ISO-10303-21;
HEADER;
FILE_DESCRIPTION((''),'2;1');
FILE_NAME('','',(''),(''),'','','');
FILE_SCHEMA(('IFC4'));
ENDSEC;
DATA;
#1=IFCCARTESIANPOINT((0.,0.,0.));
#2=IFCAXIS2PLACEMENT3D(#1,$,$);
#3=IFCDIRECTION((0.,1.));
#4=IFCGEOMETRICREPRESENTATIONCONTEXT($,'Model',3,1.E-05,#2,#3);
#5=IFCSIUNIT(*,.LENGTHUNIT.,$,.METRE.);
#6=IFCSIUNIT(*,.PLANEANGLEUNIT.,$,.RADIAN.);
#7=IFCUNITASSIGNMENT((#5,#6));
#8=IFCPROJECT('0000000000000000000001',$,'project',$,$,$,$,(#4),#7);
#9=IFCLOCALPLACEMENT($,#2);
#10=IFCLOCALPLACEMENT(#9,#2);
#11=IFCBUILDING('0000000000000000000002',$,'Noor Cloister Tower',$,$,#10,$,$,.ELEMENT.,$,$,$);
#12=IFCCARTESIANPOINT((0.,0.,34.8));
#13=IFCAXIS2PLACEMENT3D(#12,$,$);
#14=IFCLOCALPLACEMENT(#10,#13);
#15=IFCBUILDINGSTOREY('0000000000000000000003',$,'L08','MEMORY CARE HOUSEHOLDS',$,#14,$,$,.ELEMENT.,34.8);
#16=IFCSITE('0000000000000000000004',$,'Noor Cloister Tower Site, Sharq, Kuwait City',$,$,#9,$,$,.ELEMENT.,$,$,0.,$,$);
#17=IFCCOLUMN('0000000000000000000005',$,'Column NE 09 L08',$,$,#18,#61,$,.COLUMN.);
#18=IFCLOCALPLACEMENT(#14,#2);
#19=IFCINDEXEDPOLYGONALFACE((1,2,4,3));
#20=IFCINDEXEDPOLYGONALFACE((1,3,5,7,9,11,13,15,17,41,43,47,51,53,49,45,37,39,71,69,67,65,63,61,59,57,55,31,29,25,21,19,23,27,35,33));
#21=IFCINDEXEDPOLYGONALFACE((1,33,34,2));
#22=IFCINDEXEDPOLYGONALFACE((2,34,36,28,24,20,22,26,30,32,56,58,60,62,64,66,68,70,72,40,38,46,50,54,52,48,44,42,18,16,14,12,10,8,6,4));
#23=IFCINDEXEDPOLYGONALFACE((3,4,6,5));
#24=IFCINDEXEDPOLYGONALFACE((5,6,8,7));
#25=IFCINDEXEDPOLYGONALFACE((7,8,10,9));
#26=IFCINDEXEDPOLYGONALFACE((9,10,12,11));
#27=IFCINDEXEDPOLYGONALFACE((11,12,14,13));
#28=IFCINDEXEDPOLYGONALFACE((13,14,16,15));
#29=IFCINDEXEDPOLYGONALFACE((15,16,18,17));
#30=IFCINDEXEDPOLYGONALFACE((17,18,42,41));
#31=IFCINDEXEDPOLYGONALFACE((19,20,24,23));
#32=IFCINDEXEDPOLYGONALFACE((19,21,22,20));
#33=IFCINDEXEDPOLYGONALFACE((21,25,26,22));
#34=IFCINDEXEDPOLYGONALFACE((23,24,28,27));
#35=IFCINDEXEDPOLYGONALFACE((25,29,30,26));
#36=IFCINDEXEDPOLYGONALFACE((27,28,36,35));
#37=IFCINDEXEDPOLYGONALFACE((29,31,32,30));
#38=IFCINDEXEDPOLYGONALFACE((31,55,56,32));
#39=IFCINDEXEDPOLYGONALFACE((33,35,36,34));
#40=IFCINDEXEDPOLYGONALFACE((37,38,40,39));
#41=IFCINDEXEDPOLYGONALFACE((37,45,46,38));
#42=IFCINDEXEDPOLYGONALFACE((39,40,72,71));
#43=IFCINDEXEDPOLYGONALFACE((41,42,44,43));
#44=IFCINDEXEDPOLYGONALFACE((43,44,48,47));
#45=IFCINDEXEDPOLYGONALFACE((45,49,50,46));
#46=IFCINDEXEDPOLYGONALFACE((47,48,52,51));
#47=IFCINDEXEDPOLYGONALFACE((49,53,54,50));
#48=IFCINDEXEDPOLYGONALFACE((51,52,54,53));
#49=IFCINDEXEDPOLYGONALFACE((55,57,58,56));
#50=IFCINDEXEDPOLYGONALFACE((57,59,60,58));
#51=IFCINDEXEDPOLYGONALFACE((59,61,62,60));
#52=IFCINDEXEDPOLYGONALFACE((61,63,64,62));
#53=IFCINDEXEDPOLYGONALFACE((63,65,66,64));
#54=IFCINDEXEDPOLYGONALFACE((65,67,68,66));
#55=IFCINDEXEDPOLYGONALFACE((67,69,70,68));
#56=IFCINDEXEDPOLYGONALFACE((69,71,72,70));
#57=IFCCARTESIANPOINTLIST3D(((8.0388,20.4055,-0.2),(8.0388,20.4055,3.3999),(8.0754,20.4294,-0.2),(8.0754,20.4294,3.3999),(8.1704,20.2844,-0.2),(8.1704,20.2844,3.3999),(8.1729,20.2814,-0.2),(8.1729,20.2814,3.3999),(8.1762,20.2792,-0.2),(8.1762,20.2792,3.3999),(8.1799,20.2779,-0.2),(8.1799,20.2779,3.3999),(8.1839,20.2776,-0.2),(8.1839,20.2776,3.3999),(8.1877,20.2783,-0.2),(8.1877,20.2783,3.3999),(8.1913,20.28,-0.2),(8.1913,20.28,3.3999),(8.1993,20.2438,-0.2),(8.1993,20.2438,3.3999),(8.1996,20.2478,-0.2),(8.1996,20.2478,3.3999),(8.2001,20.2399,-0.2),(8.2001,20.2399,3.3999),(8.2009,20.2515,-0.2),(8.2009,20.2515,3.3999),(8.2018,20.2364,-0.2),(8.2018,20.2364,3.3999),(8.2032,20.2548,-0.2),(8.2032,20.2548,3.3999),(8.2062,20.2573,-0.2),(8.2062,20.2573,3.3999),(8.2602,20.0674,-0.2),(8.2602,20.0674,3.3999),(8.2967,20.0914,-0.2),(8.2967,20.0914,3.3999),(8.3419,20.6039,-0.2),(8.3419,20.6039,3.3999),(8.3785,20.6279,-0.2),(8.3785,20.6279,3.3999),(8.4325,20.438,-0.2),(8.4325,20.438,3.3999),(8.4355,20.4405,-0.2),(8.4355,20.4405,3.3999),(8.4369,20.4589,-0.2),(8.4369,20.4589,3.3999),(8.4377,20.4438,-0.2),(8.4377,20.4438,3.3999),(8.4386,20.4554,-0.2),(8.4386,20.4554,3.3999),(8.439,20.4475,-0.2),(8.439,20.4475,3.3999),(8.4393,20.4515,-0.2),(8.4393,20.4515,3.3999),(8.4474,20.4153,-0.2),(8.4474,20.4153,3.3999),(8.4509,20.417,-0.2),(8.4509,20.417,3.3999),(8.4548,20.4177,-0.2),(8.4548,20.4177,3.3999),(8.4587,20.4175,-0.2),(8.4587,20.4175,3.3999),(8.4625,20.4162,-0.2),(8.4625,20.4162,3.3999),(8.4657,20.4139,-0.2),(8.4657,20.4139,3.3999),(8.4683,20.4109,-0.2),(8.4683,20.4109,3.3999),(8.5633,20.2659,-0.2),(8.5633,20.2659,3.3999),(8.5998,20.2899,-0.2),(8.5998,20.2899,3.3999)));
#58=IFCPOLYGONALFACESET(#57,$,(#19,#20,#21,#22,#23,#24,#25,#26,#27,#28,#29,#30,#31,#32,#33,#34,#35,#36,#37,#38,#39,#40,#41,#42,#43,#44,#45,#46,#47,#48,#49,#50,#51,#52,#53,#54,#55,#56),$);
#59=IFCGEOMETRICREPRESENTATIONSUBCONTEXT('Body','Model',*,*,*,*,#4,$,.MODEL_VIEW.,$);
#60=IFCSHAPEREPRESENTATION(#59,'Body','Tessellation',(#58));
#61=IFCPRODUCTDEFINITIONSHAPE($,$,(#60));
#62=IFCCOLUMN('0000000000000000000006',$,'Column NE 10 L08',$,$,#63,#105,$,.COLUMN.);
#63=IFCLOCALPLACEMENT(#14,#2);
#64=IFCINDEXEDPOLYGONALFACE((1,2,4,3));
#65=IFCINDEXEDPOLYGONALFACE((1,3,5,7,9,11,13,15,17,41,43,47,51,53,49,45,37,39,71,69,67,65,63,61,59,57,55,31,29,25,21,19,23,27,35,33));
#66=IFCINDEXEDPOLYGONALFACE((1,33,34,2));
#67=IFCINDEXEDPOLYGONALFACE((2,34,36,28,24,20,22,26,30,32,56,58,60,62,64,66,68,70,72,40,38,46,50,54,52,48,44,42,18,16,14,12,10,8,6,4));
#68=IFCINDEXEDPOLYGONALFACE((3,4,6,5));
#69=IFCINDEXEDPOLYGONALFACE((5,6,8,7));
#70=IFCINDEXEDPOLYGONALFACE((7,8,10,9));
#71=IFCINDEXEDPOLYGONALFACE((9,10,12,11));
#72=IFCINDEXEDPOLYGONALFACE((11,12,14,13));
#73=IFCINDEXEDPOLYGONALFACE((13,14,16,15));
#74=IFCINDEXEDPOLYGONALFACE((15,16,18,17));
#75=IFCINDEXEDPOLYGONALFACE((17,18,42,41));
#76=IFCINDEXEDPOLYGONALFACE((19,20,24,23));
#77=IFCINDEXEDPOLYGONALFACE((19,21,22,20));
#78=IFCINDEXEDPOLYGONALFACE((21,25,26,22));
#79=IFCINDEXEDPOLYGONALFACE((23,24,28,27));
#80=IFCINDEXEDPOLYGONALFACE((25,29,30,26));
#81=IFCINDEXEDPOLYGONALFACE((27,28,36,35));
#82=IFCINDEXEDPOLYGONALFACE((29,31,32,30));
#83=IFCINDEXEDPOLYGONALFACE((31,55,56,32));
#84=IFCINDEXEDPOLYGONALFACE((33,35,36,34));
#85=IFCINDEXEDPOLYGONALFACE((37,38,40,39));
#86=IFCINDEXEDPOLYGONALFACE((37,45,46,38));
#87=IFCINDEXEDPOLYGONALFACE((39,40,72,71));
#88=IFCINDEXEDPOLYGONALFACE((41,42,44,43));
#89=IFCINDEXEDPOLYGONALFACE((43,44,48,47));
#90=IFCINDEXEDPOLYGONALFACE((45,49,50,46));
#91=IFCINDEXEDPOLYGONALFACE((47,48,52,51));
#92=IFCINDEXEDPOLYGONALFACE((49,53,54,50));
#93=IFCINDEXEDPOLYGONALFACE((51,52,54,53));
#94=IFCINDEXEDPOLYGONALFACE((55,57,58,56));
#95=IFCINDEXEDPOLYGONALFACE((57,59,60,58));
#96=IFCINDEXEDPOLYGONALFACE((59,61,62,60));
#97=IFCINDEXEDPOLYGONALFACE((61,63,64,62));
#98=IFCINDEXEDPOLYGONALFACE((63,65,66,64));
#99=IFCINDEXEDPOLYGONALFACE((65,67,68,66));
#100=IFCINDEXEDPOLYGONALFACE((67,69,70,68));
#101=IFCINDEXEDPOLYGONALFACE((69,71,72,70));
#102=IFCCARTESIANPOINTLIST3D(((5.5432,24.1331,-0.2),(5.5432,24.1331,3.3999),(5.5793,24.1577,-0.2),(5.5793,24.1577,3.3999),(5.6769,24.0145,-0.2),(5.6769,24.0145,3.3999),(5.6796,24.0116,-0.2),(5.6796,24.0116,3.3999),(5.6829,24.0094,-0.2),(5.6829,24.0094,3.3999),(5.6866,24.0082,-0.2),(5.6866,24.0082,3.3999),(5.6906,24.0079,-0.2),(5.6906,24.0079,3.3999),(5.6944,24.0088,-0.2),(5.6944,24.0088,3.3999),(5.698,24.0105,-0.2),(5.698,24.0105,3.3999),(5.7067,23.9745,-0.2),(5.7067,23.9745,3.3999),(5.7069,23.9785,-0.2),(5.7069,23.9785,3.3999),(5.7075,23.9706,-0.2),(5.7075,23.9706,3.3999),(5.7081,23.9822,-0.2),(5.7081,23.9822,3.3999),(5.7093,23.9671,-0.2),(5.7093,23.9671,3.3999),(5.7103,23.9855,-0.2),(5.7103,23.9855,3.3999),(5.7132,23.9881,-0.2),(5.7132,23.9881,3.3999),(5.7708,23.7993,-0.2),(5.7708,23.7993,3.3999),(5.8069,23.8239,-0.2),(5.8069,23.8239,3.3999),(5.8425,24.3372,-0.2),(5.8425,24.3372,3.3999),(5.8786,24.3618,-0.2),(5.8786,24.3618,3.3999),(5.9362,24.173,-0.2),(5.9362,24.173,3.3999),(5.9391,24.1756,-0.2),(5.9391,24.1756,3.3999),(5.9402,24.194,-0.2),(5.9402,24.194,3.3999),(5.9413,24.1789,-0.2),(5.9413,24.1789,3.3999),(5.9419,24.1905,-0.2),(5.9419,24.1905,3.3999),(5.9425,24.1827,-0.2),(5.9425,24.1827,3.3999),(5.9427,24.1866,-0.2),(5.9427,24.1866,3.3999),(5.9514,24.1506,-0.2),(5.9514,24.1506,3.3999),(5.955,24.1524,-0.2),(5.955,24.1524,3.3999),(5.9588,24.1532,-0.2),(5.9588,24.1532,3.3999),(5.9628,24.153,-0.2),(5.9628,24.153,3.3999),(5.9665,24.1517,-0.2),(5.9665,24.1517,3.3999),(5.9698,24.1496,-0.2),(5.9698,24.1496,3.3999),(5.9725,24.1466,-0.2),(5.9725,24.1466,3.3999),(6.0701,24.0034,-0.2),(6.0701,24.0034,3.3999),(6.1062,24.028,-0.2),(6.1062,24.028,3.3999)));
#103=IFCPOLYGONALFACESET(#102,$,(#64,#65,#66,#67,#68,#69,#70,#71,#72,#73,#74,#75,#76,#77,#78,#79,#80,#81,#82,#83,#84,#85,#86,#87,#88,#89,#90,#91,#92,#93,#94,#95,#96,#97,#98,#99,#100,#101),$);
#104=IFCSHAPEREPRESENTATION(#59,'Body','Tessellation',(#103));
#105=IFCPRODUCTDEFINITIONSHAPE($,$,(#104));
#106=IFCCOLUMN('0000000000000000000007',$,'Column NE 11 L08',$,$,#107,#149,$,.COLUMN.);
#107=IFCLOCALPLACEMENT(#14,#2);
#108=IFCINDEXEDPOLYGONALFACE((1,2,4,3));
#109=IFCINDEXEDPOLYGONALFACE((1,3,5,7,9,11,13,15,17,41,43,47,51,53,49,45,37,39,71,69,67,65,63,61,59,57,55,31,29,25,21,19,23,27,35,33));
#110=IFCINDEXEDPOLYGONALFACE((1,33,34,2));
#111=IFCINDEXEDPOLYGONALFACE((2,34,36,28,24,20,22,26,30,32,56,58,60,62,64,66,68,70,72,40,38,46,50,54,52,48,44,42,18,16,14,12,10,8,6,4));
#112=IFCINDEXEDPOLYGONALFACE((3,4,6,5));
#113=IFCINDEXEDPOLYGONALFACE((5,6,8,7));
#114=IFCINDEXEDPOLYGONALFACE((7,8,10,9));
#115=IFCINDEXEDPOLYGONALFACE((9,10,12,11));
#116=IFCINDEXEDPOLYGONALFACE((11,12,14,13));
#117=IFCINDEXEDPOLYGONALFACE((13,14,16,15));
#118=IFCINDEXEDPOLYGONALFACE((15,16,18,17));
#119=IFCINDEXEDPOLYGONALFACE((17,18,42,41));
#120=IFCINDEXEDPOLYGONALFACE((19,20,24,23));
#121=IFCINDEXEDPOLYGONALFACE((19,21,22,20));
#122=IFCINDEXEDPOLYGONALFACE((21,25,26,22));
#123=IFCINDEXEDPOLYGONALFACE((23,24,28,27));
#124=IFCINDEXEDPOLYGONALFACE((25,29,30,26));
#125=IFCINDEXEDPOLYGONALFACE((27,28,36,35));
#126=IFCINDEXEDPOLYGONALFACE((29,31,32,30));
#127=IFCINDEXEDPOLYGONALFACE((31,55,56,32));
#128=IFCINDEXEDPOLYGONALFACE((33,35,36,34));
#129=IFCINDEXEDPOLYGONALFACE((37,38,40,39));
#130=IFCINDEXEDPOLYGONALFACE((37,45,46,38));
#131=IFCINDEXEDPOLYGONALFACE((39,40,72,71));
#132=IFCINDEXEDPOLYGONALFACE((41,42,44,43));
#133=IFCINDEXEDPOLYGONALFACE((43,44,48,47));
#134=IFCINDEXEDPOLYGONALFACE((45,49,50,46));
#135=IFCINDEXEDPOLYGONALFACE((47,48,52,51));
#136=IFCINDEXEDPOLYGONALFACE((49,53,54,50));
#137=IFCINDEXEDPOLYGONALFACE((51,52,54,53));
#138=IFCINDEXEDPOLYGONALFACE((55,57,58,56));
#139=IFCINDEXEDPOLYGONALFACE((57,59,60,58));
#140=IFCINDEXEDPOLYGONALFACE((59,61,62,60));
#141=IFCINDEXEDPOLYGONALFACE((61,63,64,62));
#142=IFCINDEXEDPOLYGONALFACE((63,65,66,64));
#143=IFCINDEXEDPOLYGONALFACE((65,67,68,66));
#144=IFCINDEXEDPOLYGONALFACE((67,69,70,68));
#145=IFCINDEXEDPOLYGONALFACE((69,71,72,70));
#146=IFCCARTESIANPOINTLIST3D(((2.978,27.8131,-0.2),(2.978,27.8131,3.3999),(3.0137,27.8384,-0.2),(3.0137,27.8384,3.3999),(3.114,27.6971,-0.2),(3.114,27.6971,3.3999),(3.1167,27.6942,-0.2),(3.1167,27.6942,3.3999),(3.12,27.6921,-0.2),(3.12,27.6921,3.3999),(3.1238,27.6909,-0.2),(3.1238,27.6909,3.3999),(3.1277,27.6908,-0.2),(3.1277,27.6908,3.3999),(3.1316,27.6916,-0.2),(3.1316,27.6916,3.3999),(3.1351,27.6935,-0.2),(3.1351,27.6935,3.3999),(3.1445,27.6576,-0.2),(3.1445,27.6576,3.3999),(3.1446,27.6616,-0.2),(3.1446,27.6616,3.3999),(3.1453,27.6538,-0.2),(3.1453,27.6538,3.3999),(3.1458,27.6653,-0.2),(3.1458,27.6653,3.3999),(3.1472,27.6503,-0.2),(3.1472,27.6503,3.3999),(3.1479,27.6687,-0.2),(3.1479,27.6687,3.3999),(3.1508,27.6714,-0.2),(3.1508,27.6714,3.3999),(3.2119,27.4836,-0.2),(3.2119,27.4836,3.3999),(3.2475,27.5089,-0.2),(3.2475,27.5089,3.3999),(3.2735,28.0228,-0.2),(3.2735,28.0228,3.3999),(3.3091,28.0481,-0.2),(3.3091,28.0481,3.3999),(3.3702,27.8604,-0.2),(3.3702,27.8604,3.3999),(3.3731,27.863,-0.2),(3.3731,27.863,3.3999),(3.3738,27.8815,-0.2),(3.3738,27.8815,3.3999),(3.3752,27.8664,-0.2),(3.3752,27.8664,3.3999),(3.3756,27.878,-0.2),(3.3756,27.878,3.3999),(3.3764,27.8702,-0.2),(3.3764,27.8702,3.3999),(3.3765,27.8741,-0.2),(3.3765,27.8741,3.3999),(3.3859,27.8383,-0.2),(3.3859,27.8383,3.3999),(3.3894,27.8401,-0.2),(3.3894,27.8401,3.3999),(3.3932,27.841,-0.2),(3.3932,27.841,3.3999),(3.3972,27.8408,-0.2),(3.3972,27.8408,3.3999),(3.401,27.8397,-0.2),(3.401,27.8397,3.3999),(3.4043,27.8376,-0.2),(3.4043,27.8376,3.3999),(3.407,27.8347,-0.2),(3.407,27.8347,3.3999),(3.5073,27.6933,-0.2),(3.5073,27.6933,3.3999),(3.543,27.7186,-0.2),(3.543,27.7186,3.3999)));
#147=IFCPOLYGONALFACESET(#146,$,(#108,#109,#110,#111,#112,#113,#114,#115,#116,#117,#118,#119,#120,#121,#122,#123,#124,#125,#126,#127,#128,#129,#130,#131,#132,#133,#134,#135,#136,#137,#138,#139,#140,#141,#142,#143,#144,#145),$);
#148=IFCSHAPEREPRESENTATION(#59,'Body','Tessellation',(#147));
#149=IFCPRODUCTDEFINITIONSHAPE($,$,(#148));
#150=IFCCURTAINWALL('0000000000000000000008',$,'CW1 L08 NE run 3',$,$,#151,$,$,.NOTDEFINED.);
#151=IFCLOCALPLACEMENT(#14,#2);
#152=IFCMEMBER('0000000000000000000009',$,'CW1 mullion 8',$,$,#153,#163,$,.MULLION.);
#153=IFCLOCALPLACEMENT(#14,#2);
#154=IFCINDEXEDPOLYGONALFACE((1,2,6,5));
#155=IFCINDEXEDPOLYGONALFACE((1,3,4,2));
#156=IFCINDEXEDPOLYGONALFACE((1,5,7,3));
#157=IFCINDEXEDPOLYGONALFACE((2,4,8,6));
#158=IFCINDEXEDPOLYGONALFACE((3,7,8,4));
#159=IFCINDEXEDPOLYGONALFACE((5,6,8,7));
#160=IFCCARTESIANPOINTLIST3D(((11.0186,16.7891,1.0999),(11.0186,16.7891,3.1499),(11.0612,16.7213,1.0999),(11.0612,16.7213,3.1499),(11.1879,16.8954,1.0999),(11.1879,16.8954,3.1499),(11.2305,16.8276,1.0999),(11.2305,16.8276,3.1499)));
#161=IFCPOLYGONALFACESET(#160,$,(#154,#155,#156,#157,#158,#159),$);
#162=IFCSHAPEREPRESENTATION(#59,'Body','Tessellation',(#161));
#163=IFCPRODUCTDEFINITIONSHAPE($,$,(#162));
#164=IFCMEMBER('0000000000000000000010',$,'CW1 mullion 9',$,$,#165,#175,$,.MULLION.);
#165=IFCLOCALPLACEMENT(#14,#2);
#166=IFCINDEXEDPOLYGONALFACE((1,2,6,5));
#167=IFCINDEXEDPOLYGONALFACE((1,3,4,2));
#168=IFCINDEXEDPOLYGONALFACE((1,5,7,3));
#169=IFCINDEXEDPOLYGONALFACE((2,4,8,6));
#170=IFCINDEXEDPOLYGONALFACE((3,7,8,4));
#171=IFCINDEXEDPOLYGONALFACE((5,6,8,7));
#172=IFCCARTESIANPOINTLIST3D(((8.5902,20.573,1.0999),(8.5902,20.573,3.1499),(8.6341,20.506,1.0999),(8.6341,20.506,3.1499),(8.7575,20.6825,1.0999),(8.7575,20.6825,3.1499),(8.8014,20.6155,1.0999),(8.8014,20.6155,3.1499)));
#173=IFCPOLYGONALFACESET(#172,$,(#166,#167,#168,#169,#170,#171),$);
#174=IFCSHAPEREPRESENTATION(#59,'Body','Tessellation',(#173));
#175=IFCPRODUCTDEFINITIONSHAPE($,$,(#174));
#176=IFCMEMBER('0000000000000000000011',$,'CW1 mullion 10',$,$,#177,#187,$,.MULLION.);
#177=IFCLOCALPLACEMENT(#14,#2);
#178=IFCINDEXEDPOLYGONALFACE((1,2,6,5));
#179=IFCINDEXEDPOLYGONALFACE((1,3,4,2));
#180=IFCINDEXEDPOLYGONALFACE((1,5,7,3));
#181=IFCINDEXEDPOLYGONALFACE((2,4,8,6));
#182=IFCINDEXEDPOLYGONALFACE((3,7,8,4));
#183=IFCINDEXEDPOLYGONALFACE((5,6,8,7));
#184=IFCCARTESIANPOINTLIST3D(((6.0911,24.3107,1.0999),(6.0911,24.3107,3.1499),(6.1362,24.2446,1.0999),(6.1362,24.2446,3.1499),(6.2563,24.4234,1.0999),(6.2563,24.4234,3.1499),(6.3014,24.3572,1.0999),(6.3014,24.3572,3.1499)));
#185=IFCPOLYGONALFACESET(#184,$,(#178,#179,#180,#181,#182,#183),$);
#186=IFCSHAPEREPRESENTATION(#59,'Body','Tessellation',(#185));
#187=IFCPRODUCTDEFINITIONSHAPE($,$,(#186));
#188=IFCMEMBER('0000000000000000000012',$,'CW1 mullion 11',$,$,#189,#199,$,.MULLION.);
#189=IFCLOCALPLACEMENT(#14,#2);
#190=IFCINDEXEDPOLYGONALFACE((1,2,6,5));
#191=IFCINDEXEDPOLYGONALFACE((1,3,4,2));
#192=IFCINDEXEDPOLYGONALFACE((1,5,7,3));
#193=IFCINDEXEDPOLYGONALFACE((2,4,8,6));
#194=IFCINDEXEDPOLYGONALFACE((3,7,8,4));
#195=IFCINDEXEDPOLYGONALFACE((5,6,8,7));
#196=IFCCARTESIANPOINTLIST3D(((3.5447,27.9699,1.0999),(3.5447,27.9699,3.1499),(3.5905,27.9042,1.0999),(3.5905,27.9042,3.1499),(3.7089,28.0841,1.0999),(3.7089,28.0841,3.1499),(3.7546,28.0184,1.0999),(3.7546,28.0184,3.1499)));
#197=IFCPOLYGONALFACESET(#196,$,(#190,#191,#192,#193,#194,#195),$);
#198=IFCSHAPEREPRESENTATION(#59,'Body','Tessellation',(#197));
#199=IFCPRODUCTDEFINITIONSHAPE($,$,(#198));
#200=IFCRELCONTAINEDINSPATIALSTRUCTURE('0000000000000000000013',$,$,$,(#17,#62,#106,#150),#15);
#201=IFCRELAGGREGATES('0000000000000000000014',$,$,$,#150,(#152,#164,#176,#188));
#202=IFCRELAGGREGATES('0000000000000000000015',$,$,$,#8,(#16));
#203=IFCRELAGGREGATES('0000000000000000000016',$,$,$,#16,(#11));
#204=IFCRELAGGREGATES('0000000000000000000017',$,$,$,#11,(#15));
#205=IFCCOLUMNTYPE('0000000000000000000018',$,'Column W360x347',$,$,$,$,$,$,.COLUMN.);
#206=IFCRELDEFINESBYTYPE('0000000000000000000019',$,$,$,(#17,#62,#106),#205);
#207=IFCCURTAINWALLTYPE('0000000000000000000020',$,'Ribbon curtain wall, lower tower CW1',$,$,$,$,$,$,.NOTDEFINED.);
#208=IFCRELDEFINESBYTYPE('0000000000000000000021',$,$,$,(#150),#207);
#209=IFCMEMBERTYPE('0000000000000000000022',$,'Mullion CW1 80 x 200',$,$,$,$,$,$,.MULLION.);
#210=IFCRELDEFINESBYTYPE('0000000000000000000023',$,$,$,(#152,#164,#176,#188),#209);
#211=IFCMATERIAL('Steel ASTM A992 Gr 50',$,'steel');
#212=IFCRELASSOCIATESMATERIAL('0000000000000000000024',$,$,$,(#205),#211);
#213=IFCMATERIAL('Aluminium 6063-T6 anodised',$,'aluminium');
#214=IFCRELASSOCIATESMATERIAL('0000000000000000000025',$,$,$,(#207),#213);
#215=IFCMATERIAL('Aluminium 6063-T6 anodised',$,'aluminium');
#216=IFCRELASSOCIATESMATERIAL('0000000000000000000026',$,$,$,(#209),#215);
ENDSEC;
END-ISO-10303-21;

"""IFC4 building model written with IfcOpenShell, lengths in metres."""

from ifc_helpers import new_model, si_unit, direction, frame, origin, origin_2d, place, context, subcontext, project, spatial, rectangle, i_section, extrude, material, material_profile, profile_set, type_object, element, aggregate, save


model = new_model("IFC4")

# Units and contexts
model_context = context("Model", 3, precision=1e-05, world=origin(), true_north=direction((0.0, 1.0)))
body_context = subcontext(model_context, "Body", "Model", "MODEL_VIEW")
ifc_project = project(units=[si_unit("LENGTHUNIT", "METRE"), si_unit("PLANEANGLEUNIT", "RADIAN")], contexts=[model_context])

# Site, building, storey
site_placement = place(None, origin())
site = spatial("IfcSite", under=ifc_project, at=site_placement, Name="Noor Cloister Tower Site, Sharq, Kuwait City", CompositionType="ELEMENT", RefElevation=0.0)
building_placement = place(site_placement, origin())
building = spatial("IfcBuilding", under=site, at=building_placement, Name="Noor Cloister Tower", CompositionType="ELEMENT")
storey_placement = place(building_placement, frame((0.0, 0.0, 34.8)))
storey = spatial("IfcBuildingStorey", under=building, at=storey_placement, Name="L08", Description="MEMORY CARE HOUSEHOLDS", CompositionType="ELEMENT", Elevation=34.8)

# Columns
ifc_material_1 = material(Name="Steel ASTM A992 Gr 50", Category="steel")
ifc_material_profile_1 = material_profile(ifc_material_1, i_section(OverallWidth=0.4041, OverallDepth=0.406, WebThickness=0.0271, FlangeThickness=0.0437, FilletRadius=0.0151, at=origin_2d()), Name="W360x347")
ifc_profile_set_1 = profile_set([ifc_material_profile_1], Name="Steel ASTM A992 Gr 50")
column_type = type_object("IfcColumnType", Name="Column W360x347", PredefinedType="COLUMN", material=ifc_profile_set_1)
for number, where, z_axis, x_axis, name in (
    (1, (8.3193, 20.3477, -0.2), (0.0, 0.0, 1.0), (-0.547841, 0.836583, 0.0), "Column NE 09 L08"),
    (2, (5.8247, 24.0806, -0.2), (0.0, 0.0, 1.0), (-0.563411, 0.826177, 0.0), "Column NE 10 L08"),
    (3, (3.2605, 27.7659, -0.2), (0.0, 0.0, 1.0), (-0.578783, 0.815481, 0.0), "Column NE 11 L08"),
):
    element("IfcColumn", number, at=place(storey_placement, frame(where, z_axis=z_axis, x_axis=x_axis)), inside=storey, type_object=column_type, Name=name, PredefinedType="COLUMN", context=body_context, shape_type="SweptSolid", body=[
        extrude(i_section(OverallWidth=0.4041, OverallDepth=0.406, WebThickness=0.0271, FlangeThickness=0.0437, FilletRadius=0.0151, at=origin_2d()), origin(), (0.0, 0.0, 1.0), 3.5999),
    ])

# Curtain wall, members
ifc_material_2 = material(Name="Aluminium 6063-T6 anodised", Category="aluminium")
curtain_wall_type = type_object("IfcCurtainWallType", Name="Ribbon curtain wall, lower tower CW1", PredefinedType="NOTDEFINED", material=ifc_material_2)
curtain_wall_placement = place(storey_placement, origin())
curtain_wall = element("IfcCurtainWall", 4, at=curtain_wall_placement, inside=storey, type_object=curtain_wall_type, Name="CW1 L08 NE run 3", PredefinedType="NOTDEFINED")
ifc_material_3 = material(Name="Aluminium 6063-T6 anodised", Category="aluminium")
ifc_material_profile_2 = material_profile(ifc_material_3, rectangle(XDim=0.2, YDim=0.0801, at=origin_2d()), Name="200 x 80 mullion")
ifc_profile_set_2 = profile_set([ifc_material_profile_2], Name="Aluminium 6063-T6 anodised")
member_type = type_object("IfcMemberType", Name="Mullion CW1 80 x 200", PredefinedType="MULLION", material=ifc_profile_set_2)
member_1_placement = place(storey_placement, frame((11.1245, 16.8083, 1.0999), z_axis=(0.0, 0.0, 1.0), x_axis=(-0.846695, -0.532079, 0.0)))
member_1 = element("IfcMember", 5, at=member_1_placement, type_object=member_type, Name="CW1 mullion 8", PredefinedType="MULLION", context=body_context, shape_type="SweptSolid", body=[
    extrude(rectangle(XDim=0.2, YDim=0.0801, at=origin_2d()), origin(), (0.0, 0.0, 1.0), 2.05),
])
member_2_placement = place(storey_placement, frame((8.6958, 20.5942, 1.0999), z_axis=(0.0, 0.0, 1.0), x_axis=(-0.836583, -0.547841, 0.0)))
member_2 = element("IfcMember", 6, at=member_2_placement, type_object=member_type, Name="CW1 mullion 9", PredefinedType="MULLION", context=body_context, shape_type="SweptSolid", body=[
    extrude(rectangle(XDim=0.2, YDim=0.0801, at=origin_2d()), origin(), (0.0, 0.0, 1.0), 2.05),
])
member_3_placement = place(storey_placement, frame((6.1963, 24.334, 1.0999), z_axis=(0.0, 0.0, 1.0), x_axis=(-0.826177, -0.563411, 0.0)))
member_3 = element("IfcMember", 7, at=member_3_placement, type_object=member_type, Name="CW1 mullion 10", PredefinedType="MULLION", context=body_context, shape_type="SweptSolid", body=[
    extrude(rectangle(XDim=0.2, YDim=0.0801, at=origin_2d()), origin(), (0.0, 0.0, 1.0), 2.05),
])
member_4_placement = place(storey_placement, frame((3.6497, 27.9941, 1.0999), z_axis=(0.0, 0.0, 1.0), x_axis=(-0.820865, -0.571122, 0.0)))
member_4 = element("IfcMember", 8, at=member_4_placement, type_object=member_type, Name="CW1 mullion 11", PredefinedType="MULLION", context=body_context, shape_type="SweptSolid", body=[
    extrude(rectangle(XDim=0.2, YDim=0.0801, at=origin_2d()), origin(), (0.0, 0.0, 1.0), 2.05),
])

aggregate(curtain_wall, [member_1, member_2, member_3, member_4])

save(model, "model.ifc")
